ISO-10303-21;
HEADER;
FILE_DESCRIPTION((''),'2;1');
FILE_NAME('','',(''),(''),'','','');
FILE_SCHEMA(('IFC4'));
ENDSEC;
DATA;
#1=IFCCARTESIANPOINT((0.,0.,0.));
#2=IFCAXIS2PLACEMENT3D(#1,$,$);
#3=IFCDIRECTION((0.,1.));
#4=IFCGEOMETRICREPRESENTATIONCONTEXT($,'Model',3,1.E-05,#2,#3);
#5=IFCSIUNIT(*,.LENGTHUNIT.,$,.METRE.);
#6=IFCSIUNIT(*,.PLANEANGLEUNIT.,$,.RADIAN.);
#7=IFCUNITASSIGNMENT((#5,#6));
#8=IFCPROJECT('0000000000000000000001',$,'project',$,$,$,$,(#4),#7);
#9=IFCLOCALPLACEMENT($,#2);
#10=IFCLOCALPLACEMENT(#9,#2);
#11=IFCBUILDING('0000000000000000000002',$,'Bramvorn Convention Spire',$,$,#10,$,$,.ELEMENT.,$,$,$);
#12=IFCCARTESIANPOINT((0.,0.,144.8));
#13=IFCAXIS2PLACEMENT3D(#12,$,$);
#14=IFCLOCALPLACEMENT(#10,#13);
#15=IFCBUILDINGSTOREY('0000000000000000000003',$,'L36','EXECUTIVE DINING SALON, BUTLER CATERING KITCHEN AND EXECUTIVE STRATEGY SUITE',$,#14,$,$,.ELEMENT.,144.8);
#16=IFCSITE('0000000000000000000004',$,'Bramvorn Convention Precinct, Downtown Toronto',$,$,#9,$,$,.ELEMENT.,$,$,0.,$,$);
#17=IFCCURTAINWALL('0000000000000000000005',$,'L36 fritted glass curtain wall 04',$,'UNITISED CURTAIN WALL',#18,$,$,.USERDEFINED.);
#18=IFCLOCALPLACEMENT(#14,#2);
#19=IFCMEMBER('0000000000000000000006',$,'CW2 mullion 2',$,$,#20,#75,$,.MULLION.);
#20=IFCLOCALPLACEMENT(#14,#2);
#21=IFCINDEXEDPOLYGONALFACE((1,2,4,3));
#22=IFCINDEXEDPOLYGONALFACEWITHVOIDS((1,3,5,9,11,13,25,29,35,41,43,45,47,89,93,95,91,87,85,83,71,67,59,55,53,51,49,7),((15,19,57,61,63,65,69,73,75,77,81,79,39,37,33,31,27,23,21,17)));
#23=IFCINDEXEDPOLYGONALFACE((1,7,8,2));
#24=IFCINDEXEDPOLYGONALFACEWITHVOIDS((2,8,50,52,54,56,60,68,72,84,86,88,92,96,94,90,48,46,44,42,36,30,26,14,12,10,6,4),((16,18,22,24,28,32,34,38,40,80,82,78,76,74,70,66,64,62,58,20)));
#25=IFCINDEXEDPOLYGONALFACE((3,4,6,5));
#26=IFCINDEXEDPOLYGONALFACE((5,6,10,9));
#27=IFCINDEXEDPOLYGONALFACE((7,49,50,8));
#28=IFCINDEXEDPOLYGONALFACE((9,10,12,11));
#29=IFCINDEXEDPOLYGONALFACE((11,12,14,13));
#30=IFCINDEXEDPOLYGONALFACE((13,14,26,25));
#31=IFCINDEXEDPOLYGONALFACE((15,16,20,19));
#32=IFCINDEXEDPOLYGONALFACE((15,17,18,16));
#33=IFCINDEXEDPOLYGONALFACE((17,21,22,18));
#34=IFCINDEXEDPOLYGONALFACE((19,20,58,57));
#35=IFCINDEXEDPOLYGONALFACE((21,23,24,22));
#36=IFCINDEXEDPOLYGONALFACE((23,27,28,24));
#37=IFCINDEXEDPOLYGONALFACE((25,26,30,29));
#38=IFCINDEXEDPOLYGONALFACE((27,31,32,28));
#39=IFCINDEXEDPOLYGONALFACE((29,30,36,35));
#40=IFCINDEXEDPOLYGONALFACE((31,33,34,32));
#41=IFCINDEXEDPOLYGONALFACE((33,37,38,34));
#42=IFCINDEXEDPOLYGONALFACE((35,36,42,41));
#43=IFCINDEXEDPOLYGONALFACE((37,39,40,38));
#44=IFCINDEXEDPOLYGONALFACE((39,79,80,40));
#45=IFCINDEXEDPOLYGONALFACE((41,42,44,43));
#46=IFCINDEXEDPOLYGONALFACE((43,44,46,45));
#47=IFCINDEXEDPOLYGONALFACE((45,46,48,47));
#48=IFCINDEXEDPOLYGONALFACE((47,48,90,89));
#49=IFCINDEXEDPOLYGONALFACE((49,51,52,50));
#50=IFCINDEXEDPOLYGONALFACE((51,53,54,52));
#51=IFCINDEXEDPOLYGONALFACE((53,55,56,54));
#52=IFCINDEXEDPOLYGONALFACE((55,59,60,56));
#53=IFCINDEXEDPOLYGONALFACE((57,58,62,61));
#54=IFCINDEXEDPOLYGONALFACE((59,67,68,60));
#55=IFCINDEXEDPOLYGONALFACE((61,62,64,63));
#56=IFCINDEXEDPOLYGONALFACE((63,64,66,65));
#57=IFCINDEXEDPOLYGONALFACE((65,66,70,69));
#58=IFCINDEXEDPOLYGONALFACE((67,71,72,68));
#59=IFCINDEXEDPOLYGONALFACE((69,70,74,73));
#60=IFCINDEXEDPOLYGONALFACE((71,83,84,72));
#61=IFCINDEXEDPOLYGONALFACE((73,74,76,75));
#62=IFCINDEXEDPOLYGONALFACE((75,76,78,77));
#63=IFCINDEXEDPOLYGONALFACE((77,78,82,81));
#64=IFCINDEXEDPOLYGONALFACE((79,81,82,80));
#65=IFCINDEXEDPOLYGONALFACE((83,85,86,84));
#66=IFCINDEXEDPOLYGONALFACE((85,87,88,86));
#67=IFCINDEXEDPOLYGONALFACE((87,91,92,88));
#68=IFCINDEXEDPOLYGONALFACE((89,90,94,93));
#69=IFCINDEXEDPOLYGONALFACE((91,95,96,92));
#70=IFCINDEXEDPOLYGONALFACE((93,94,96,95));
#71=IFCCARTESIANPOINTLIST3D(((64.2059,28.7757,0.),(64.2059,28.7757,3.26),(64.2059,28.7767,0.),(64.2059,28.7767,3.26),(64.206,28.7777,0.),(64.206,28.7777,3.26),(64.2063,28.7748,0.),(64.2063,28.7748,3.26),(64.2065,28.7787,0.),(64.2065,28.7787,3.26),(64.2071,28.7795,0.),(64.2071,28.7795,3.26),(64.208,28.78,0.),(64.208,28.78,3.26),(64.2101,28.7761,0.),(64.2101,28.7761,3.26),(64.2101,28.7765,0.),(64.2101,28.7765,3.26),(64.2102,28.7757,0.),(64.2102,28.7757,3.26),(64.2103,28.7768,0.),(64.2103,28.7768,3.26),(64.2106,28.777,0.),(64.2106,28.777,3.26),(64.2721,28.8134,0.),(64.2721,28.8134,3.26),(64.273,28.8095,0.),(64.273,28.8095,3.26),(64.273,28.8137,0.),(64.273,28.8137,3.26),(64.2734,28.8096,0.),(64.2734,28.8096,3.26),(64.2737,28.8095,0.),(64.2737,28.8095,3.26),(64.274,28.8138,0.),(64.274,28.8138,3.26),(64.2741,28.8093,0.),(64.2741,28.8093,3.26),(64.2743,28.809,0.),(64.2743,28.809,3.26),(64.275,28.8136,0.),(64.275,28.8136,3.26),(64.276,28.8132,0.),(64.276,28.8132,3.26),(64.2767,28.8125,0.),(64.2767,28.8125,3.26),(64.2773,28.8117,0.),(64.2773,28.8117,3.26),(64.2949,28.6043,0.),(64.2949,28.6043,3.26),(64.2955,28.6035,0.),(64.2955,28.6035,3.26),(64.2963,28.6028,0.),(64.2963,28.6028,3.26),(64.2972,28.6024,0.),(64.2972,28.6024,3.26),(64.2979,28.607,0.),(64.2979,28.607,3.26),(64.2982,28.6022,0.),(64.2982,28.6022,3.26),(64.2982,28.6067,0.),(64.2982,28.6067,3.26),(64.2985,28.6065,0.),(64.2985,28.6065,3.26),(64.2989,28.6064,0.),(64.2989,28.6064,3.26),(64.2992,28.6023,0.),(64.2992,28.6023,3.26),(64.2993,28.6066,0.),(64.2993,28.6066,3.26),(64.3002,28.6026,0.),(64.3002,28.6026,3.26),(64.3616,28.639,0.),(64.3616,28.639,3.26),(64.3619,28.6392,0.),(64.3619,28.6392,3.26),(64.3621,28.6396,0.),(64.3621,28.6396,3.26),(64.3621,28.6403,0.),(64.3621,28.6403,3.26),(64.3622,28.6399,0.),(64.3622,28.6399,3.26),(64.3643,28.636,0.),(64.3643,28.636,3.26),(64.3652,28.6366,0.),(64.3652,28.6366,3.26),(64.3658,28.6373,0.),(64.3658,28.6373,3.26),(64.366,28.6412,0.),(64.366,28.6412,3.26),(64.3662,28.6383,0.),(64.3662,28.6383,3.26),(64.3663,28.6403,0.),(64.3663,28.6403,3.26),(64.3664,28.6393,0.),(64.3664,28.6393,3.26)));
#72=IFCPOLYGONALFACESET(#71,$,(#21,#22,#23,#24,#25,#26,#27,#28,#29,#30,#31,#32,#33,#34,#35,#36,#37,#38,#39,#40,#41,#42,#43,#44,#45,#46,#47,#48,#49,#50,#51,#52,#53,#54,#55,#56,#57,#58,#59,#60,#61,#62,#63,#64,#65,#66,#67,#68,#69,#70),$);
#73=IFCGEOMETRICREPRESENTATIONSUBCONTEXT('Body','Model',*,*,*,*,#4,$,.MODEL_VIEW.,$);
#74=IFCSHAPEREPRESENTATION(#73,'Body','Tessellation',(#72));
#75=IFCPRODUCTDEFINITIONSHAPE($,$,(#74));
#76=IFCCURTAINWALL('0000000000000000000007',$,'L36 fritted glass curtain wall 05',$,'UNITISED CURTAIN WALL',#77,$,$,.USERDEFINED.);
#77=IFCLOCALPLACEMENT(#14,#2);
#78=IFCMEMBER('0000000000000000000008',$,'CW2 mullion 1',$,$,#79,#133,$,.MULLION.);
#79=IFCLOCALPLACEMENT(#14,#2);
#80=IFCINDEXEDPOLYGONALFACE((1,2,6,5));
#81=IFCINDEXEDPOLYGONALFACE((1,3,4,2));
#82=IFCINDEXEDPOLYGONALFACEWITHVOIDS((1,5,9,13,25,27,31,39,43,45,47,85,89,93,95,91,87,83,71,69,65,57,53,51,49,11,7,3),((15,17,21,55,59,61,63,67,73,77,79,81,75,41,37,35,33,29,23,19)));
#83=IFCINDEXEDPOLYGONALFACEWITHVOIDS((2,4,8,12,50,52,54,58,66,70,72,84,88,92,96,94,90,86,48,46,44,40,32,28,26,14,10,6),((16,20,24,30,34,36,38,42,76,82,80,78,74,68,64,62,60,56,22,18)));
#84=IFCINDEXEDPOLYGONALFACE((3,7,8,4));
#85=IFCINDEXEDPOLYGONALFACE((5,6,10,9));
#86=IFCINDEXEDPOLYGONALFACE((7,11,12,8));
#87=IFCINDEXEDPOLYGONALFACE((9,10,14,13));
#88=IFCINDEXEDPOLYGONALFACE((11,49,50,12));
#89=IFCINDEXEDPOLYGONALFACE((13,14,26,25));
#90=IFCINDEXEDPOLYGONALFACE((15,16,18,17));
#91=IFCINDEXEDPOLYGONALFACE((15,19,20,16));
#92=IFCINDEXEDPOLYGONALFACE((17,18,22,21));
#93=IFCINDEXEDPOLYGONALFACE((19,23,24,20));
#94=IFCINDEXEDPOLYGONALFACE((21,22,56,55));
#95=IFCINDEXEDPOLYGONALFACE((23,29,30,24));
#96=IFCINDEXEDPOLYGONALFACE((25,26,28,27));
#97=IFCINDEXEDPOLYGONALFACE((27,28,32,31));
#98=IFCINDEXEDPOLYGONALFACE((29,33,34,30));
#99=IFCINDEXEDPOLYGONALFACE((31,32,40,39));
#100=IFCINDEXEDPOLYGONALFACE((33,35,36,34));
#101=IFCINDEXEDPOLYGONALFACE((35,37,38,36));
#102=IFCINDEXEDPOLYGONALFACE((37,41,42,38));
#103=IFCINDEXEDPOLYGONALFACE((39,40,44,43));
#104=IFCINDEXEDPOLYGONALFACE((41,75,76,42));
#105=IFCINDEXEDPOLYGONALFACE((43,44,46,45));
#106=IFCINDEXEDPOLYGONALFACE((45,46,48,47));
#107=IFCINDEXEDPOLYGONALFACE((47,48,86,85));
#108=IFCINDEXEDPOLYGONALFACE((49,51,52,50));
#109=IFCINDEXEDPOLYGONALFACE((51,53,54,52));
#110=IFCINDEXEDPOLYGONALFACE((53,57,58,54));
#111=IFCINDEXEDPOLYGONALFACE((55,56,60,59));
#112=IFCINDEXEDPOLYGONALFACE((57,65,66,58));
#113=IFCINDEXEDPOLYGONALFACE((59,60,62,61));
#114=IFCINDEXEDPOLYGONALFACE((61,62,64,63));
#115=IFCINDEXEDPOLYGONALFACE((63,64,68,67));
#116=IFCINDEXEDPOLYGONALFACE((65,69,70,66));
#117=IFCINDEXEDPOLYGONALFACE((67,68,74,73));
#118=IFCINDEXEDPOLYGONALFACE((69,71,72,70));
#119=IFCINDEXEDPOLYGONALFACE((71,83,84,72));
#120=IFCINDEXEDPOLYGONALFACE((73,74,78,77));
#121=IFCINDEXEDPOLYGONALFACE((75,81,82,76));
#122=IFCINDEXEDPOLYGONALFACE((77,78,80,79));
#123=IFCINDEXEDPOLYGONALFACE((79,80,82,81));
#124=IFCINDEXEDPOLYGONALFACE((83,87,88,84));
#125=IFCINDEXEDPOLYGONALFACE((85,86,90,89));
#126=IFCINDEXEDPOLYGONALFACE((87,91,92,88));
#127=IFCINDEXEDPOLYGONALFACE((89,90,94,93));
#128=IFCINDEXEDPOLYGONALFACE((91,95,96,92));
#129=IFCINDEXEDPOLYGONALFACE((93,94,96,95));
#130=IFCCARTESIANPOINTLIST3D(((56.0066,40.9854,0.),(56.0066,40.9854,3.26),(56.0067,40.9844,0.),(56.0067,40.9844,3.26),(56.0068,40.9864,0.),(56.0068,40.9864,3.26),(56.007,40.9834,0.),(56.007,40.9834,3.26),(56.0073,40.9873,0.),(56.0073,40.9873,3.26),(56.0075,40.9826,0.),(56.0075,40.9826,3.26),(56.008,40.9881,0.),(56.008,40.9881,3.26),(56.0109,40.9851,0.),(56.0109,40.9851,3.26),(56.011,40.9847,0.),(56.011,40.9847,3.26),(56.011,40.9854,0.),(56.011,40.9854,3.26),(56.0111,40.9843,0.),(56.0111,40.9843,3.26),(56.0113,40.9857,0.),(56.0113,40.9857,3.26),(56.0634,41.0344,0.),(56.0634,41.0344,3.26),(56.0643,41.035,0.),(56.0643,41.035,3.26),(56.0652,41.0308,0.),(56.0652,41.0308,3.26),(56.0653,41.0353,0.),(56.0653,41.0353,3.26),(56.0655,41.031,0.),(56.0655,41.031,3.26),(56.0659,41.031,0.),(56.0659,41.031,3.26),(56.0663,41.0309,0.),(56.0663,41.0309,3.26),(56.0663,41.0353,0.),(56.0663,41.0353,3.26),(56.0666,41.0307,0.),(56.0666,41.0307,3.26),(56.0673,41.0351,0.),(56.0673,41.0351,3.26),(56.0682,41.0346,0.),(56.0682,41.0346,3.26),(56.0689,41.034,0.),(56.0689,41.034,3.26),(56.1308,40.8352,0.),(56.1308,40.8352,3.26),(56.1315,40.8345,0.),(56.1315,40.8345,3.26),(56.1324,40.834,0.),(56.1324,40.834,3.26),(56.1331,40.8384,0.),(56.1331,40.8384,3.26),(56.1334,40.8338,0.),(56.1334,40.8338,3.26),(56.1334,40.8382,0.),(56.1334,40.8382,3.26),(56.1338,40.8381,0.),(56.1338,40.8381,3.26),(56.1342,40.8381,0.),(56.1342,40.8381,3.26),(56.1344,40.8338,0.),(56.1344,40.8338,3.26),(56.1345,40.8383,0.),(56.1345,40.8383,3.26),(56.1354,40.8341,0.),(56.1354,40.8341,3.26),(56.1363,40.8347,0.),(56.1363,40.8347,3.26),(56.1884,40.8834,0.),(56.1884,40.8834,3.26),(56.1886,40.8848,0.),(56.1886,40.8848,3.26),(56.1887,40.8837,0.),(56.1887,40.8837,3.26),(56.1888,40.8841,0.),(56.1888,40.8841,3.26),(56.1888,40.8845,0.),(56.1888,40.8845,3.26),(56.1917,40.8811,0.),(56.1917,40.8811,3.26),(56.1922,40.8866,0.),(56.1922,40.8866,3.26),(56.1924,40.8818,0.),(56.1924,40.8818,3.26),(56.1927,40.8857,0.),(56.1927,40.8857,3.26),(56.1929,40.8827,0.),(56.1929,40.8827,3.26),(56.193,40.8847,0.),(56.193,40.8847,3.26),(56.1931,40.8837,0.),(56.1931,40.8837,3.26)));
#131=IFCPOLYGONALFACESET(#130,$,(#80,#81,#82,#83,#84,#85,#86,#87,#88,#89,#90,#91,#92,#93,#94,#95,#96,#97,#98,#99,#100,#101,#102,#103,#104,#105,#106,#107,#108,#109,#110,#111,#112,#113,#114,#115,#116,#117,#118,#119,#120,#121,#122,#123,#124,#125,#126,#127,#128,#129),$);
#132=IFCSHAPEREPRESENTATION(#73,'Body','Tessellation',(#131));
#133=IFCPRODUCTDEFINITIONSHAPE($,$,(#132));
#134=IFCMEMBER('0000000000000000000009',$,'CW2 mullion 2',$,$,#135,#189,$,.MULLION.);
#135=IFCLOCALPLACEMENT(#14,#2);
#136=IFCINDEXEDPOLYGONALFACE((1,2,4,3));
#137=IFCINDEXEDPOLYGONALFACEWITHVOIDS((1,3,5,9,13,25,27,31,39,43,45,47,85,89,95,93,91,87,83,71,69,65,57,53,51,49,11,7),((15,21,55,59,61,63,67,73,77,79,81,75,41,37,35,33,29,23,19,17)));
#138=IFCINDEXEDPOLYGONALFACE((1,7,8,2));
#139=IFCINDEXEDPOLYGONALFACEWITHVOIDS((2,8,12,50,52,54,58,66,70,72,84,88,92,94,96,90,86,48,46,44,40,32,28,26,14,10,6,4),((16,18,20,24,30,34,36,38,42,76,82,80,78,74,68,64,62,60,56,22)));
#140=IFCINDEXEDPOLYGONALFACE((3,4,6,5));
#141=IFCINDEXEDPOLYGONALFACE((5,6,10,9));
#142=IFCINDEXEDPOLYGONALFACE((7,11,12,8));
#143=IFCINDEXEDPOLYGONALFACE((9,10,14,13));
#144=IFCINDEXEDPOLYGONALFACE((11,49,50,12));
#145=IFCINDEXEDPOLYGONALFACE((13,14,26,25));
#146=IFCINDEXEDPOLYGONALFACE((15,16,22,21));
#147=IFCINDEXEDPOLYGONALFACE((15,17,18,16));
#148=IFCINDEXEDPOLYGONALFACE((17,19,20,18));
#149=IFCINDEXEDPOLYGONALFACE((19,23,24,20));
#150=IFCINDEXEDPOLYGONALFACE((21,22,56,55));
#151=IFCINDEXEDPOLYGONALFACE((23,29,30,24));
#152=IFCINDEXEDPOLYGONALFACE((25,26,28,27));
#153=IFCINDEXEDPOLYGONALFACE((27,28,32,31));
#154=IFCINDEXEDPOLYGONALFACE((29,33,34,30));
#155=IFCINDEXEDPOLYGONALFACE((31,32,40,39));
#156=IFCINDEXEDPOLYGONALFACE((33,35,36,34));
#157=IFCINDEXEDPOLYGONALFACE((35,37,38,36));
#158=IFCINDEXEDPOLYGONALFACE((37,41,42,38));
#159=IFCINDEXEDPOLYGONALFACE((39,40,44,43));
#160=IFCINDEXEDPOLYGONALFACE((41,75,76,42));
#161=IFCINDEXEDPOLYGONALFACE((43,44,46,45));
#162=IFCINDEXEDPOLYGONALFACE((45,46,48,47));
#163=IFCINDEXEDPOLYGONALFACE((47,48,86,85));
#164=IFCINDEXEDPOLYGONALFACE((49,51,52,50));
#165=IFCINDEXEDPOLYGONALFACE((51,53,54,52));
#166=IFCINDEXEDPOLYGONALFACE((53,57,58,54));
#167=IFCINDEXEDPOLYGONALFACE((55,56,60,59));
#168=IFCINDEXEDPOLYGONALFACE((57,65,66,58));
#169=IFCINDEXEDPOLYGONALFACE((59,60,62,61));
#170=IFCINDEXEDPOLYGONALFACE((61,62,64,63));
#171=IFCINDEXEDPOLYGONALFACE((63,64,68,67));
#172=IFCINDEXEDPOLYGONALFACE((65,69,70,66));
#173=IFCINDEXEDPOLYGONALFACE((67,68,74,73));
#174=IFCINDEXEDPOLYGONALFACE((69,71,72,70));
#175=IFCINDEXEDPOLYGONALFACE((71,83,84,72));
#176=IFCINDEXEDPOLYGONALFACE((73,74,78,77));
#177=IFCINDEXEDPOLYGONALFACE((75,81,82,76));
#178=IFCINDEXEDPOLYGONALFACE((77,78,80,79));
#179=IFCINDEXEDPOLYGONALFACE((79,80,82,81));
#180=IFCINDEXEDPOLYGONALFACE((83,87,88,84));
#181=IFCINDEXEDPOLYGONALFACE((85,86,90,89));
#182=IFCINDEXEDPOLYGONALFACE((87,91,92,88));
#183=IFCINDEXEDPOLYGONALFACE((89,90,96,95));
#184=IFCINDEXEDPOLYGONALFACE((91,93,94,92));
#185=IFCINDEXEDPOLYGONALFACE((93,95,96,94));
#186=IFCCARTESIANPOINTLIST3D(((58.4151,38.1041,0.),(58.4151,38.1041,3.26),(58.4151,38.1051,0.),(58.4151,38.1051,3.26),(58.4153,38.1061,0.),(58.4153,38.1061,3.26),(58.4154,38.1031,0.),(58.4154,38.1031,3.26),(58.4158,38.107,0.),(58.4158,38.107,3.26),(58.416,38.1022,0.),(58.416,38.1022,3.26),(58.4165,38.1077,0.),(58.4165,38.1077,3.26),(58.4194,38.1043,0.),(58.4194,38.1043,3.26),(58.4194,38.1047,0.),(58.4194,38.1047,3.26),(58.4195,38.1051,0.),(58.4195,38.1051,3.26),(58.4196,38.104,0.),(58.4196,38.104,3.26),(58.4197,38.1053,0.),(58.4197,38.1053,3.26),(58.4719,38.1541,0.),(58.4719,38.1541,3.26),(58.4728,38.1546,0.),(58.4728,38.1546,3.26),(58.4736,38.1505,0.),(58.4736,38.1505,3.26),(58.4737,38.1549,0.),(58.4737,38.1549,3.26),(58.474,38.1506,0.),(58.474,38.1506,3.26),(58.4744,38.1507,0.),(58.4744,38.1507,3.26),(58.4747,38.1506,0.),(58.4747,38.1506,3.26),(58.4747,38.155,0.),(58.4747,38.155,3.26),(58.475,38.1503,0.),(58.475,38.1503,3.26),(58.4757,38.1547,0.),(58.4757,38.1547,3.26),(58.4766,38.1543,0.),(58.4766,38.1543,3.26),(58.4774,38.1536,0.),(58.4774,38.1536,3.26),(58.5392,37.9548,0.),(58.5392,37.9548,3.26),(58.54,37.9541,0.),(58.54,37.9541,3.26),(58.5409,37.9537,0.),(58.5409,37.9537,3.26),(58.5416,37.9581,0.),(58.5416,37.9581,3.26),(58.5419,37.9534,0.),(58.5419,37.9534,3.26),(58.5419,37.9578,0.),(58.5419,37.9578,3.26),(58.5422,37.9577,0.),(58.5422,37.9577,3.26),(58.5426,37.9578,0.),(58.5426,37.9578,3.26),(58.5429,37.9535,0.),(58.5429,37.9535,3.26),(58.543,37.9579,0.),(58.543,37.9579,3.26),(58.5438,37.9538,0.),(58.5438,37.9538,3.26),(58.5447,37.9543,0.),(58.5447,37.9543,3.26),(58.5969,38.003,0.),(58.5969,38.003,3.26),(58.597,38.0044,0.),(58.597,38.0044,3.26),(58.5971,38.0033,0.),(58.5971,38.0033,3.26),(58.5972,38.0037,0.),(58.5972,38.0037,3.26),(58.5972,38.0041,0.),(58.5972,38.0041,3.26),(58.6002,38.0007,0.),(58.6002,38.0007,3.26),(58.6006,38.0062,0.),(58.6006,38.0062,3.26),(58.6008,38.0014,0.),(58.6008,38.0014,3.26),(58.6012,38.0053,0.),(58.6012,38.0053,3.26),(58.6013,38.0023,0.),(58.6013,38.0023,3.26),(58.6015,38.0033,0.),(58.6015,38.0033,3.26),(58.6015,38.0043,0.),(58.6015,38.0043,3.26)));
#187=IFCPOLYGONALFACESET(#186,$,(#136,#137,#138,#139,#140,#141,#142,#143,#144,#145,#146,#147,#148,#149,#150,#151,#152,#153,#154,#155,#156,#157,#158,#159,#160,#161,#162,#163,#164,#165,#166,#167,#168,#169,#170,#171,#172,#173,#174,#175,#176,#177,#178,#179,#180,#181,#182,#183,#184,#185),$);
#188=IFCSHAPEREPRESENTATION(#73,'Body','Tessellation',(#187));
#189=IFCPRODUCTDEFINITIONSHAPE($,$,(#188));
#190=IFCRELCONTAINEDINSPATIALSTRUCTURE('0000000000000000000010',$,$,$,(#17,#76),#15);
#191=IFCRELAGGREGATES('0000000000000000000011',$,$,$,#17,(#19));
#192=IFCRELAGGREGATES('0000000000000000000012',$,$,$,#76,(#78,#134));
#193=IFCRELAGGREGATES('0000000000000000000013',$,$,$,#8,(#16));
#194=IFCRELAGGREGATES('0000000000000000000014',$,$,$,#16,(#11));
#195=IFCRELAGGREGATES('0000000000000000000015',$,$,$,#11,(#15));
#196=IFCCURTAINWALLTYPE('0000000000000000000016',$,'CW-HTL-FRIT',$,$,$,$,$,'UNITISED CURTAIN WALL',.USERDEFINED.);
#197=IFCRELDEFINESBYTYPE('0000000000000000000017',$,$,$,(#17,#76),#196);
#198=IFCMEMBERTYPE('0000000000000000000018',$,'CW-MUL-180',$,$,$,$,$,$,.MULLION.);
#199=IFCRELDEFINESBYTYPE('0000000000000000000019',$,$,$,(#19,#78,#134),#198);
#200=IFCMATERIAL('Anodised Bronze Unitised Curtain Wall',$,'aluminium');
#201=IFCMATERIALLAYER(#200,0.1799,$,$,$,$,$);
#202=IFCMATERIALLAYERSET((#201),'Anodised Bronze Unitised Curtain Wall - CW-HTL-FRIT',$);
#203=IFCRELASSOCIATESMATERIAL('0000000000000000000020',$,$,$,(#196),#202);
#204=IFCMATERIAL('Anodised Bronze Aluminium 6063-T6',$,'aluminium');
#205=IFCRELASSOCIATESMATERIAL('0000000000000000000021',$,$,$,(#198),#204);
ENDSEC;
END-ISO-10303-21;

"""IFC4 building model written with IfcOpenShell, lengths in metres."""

from ifc_helpers import new_model, si_unit, direction, frame, origin, origin_2d, place, context, subcontext, project, spatial, hollow_rectangle, extrude, material, layer, layer_set, material_profile, profile_set, type_object, element, aggregate, save


model = new_model("IFC4")

# Units and contexts
model_context = context("Model", 3, precision=1e-05, world=origin(), true_north=direction((0.0, 1.0)))
body_context = subcontext(model_context, "Body", "Model", "MODEL_VIEW")
ifc_project = project(units=[si_unit("LENGTHUNIT", "METRE"), si_unit("PLANEANGLEUNIT", "RADIAN")], contexts=[model_context])

# Site, building, storey
site_placement = place(None, origin())
site = spatial("IfcSite", under=ifc_project, at=site_placement, Name="Bramvorn Convention Precinct, Downtown Toronto", CompositionType="ELEMENT", RefElevation=0.0)
building_placement = place(site_placement, origin())
building = spatial("IfcBuilding", under=site, at=building_placement, Name="Bramvorn Convention Spire", CompositionType="ELEMENT")
storey_placement = place(building_placement, frame((0.0, 0.0, 144.8)))
storey = spatial("IfcBuildingStorey", under=building, at=storey_placement, Name="L36", Description="EXECUTIVE DINING SALON, BUTLER CATERING KITCHEN AND EXECUTIVE STRATEGY SUITE", CompositionType="ELEMENT", Elevation=144.8)

# Curtain walls, members
ifc_material_1 = material(Name="Anodised Bronze Unitised Curtain Wall", Category="aluminium")
ifc_layer_1 = layer(ifc_material_1, 0.1799)
ifc_layer_set_1 = layer_set([ifc_layer_1], Name="Anodised Bronze Unitised Curtain Wall - CW-HTL-FRIT")
curtain_wall_type = type_object("IfcCurtainWallType", Name="CW-HTL-FRIT", ElementType="UNITISED CURTAIN WALL", PredefinedType="USERDEFINED", material=ifc_layer_set_1)
curtain_wall_1_placement = place(storey_placement, origin())
curtain_wall_1 = element("IfcCurtainWall", 1, at=curtain_wall_1_placement, inside=storey, type_object=curtain_wall_type, Name="L36 fritted glass curtain wall 04", ObjectType="UNITISED CURTAIN WALL", PredefinedType="USERDEFINED")
ifc_material_2 = material(Name="Anodised Bronze Aluminium 6063-T6", Category="aluminium")
ifc_material_profile_1 = material_profile(ifc_material_2, hollow_rectangle(XDim=0.0801, YDim=0.2, WallThickness=0.0039, InnerFilletRadius=0.001, OuterFilletRadius=0.0039, at=origin_2d()))
ifc_profile_set_1 = profile_set([ifc_material_profile_1], Name="Anodised Bronze Aluminium 6063-T6 - CWM80X200")
member_type_1 = type_object("IfcMemberType", Name="CW-MUL-180", PredefinedType="MULLION", material=ifc_profile_set_1)
member_1_placement = place(storey_placement, frame((64.2861, 28.708, 0.0), z_axis=(0.0, 0.0, 1.0), x_axis=(0.887216, 0.461354, 0.0)))
member_1 = element("IfcMember", 2, at=member_1_placement, type_object=member_type_1, Name="CW2 mullion 2", PredefinedType="MULLION", context=body_context, shape_type="SweptSolid", body=[
    extrude(hollow_rectangle(XDim=0.0801, YDim=0.2, WallThickness=0.0039, InnerFilletRadius=0.001, OuterFilletRadius=0.0039, at=origin_2d()), origin(), (0.0, 0.0, 1.0), 3.26),
])
curtain_wall_2_placement = place(storey_placement, origin())
curtain_wall_2 = element("IfcCurtainWall", 3, at=curtain_wall_2_placement, inside=storey, type_object=curtain_wall_type, Name="L36 fritted glass curtain wall 05", ObjectType="UNITISED CURTAIN WALL", PredefinedType="USERDEFINED")
member_2_placement = place(storey_placement, frame((56.0999, 40.9346, 0.0), z_axis=(0.0, 0.0, 1.0), x_axis=(0.767161, 0.641454, 0.0)))
member_2 = element("IfcMember", 4, at=member_2_placement, type_object=member_type_1, Name="CW2 mullion 1", PredefinedType="MULLION", context=body_context, shape_type="SweptSolid", body=[
    extrude(hollow_rectangle(XDim=0.0801, YDim=0.2, WallThickness=0.0039, InnerFilletRadius=0.001, OuterFilletRadius=0.0039, at=origin_2d()), origin(), (0.0, 0.0, 1.0), 3.26),
])
member_3_placement = place(storey_placement, frame((58.5083, 38.0542, 0.0), z_axis=(0.0, 0.0, 1.0), x_axis=(0.767161, 0.641454, 0.0)))
member_3 = element("IfcMember", 5, at=member_3_placement, type_object=member_type_1, Name="CW2 mullion 2", PredefinedType="MULLION", context=body_context, shape_type="SweptSolid", body=[
    extrude(hollow_rectangle(XDim=0.0801, YDim=0.2, WallThickness=0.0039, InnerFilletRadius=0.001, OuterFilletRadius=0.0039, at=origin_2d()), origin(), (0.0, 0.0, 1.0), 3.26),
])

aggregate(curtain_wall_1, [member_1])
aggregate(curtain_wall_2, [member_2, member_3])

save(model, "model.ifc")
